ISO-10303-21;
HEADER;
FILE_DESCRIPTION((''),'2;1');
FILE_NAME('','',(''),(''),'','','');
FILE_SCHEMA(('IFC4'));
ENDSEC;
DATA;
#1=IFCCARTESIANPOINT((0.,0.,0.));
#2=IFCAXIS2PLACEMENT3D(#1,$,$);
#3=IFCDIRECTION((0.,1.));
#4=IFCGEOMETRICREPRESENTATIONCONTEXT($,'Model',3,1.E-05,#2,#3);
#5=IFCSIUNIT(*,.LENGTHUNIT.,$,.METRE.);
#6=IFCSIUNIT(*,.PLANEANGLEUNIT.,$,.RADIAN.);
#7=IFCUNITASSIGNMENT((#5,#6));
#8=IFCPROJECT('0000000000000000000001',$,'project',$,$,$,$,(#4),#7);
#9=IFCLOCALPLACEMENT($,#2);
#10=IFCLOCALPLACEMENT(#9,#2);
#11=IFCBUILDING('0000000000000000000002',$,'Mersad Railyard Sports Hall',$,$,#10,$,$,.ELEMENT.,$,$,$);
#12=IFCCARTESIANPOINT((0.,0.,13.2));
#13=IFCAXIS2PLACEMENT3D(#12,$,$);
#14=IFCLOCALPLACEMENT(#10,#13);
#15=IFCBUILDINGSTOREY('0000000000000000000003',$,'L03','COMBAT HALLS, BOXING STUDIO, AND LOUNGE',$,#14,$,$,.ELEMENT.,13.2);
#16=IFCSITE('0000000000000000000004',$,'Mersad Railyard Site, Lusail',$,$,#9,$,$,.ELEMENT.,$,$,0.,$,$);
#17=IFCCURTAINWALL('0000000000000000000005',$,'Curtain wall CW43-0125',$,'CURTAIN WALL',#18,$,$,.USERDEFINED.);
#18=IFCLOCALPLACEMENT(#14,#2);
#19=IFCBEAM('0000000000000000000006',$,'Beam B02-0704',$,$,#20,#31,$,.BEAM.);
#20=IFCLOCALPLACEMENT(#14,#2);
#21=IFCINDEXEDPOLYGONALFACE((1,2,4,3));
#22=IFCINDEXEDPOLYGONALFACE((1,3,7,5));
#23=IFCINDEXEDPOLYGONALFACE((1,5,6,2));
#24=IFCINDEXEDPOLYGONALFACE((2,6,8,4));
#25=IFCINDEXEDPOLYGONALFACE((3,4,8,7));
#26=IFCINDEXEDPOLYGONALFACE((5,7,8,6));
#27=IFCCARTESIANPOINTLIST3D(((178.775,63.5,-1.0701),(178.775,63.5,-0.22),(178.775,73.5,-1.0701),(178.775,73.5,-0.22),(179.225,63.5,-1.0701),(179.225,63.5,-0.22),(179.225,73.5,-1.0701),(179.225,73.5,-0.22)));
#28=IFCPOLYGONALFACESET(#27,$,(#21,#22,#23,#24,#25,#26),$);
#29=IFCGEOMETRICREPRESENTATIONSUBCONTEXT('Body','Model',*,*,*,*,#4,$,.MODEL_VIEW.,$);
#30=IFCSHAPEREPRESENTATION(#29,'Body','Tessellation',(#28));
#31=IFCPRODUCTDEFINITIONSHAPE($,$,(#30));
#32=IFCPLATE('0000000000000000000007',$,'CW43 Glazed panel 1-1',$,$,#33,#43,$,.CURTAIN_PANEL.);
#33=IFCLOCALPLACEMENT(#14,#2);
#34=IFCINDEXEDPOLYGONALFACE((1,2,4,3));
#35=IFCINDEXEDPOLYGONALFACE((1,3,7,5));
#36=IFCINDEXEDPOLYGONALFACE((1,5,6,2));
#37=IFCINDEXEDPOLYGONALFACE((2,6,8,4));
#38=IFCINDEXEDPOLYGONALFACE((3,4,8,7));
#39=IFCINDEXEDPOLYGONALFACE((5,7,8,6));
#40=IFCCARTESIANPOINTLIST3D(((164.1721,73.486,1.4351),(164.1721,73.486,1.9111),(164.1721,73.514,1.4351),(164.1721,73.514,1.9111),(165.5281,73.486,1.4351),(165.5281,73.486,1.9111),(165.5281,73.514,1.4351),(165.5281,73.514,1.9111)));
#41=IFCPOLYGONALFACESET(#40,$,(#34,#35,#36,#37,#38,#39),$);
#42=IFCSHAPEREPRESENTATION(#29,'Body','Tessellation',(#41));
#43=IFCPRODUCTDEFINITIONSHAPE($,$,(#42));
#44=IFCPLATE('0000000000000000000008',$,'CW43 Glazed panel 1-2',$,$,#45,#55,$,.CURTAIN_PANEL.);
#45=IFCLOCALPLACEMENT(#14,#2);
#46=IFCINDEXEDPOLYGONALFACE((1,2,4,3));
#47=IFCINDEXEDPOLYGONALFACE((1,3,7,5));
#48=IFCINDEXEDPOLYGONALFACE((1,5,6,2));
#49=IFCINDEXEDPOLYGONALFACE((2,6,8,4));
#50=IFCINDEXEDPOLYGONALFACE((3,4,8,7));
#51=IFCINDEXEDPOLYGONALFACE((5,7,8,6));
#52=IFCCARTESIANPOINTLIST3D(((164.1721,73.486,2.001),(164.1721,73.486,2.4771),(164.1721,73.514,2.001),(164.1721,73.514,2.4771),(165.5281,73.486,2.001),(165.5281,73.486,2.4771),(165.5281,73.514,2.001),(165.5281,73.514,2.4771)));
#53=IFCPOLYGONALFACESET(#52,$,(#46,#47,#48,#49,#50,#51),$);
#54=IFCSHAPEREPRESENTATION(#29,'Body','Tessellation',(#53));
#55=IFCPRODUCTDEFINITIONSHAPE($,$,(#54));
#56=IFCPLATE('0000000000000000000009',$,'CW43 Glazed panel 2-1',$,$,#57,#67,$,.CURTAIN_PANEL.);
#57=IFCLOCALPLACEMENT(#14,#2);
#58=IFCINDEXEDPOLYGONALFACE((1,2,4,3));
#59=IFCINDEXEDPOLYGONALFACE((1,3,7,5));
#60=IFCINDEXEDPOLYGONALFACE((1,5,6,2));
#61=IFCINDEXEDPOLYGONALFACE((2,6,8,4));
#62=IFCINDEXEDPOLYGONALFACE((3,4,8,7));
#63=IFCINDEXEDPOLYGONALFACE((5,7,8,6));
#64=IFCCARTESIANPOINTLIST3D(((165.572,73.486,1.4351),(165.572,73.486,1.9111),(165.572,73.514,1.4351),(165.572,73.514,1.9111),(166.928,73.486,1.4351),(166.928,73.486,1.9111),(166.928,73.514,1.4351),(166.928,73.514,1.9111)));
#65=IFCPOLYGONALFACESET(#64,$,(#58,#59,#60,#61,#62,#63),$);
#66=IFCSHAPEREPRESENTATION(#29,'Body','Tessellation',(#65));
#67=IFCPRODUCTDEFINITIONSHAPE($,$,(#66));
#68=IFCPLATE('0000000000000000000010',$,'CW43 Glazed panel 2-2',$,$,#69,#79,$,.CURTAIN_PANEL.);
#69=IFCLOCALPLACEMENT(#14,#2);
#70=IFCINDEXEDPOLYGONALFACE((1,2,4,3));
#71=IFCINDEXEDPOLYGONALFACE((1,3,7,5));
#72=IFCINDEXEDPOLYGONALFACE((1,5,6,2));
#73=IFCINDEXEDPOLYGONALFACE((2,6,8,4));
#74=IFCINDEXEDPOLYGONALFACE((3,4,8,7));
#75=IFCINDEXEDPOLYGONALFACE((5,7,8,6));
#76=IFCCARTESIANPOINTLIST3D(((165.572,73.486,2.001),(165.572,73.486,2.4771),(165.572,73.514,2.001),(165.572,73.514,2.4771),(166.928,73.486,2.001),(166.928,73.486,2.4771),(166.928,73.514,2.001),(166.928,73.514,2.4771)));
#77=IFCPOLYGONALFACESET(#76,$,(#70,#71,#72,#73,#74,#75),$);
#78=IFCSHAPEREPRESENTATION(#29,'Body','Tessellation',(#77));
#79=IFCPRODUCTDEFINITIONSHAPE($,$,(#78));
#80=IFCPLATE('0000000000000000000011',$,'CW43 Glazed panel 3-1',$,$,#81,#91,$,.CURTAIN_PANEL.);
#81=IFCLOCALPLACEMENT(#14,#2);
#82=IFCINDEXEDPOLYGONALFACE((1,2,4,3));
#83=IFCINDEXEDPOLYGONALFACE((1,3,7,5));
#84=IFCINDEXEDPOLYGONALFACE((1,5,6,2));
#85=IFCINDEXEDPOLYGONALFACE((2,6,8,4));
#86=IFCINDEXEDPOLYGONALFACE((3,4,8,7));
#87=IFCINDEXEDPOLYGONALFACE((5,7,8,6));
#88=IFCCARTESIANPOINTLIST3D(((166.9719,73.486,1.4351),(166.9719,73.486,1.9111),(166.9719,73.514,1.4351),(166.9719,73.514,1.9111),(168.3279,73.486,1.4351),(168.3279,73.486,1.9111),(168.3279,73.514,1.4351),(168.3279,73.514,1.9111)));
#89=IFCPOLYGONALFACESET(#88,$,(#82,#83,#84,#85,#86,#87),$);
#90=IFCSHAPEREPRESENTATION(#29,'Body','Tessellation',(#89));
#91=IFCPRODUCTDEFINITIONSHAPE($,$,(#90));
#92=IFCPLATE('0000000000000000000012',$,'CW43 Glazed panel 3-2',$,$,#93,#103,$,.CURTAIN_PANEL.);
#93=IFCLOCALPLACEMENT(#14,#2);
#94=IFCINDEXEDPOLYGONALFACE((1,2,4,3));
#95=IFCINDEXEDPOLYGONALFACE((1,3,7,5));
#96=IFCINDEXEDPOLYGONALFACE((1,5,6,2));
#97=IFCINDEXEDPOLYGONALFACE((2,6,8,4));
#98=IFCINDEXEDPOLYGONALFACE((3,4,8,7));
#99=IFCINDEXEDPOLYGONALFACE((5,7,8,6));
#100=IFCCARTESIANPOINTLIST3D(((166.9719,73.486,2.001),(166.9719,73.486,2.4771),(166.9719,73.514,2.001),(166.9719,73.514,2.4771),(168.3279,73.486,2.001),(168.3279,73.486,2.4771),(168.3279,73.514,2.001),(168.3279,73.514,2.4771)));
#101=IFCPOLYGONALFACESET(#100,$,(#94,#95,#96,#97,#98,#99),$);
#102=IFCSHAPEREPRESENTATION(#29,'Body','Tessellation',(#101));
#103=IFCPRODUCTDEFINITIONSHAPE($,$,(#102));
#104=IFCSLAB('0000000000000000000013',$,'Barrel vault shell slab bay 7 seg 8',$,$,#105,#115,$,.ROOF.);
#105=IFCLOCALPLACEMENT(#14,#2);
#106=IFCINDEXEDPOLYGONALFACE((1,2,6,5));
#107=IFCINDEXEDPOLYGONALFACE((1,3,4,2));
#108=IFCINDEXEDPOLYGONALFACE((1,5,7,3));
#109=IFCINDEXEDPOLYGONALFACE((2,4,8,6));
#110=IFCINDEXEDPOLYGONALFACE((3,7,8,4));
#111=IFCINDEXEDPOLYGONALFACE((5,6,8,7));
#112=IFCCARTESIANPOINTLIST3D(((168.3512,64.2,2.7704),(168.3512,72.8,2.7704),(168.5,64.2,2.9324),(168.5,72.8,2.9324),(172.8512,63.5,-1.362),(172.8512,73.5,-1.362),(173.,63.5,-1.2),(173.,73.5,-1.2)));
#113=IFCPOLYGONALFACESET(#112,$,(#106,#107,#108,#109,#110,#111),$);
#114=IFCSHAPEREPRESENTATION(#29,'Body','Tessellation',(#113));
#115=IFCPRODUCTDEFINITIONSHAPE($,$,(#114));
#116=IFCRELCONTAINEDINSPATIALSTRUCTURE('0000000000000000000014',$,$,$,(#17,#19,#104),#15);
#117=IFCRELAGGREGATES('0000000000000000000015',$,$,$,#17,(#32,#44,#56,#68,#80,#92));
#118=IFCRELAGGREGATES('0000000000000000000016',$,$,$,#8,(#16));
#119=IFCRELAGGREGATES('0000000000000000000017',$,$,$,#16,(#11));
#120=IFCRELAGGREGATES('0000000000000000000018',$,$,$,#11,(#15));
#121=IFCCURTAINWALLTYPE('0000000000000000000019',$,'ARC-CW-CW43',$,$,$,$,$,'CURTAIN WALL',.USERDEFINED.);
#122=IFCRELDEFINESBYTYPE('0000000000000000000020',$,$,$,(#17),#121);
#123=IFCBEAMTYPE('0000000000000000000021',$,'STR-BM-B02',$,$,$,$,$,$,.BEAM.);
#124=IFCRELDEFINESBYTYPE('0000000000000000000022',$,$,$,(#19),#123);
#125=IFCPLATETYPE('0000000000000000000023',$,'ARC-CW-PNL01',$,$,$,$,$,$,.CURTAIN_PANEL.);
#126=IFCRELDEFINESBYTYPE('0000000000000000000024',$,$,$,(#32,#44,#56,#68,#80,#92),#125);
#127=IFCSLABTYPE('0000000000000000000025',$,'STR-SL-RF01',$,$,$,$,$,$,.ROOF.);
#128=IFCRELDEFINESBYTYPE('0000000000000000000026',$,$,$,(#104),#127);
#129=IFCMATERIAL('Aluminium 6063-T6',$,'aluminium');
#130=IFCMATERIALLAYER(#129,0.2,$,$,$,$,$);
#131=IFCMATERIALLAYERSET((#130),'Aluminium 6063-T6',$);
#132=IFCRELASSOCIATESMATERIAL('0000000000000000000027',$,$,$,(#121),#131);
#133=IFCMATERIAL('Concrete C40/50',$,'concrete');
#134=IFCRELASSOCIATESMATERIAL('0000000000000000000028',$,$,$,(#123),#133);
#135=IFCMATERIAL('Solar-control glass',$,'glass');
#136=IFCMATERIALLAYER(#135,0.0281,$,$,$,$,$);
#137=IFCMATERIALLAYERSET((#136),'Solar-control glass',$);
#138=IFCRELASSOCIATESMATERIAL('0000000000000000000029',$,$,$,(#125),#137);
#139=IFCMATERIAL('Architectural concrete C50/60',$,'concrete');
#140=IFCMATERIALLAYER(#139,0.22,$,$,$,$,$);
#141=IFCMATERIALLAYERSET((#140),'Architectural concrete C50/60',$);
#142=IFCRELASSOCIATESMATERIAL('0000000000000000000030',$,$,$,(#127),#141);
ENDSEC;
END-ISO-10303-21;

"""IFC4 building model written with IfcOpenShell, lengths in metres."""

from ifc_helpers import new_model, si_unit, direction, frame, origin, origin_2d, place, context, subcontext, project, spatial, polyline, rectangle, outline, extrude, material, layer, layer_set, material_profile, profile_set, type_object, element, aggregate, save


model = new_model("IFC4")

# Units and contexts
model_context = context("Model", 3, precision=1e-05, world=origin(), true_north=direction((0.0, 1.0)))
body_context = subcontext(model_context, "Body", "Model", "MODEL_VIEW")
ifc_project = project(units=[si_unit("LENGTHUNIT", "METRE"), si_unit("PLANEANGLEUNIT", "RADIAN")], contexts=[model_context])

# Site, building, storey
site_placement = place(None, origin())
site = spatial("IfcSite", under=ifc_project, at=site_placement, Name="Mersad Railyard Site, Lusail", CompositionType="ELEMENT", RefElevation=0.0)
building_placement = place(site_placement, origin())
building = spatial("IfcBuilding", under=site, at=building_placement, Name="Mersad Railyard Sports Hall", CompositionType="ELEMENT")
storey_placement = place(building_placement, frame((0.0, 0.0, 13.2)))
storey = spatial("IfcBuildingStorey", under=building, at=storey_placement, Name="L03", Description="COMBAT HALLS, BOXING STUDIO, AND LOUNGE", CompositionType="ELEMENT", Elevation=13.2)

# Curtain wall
ifc_material_1 = material(Name="Aluminium 6063-T6", Category="aluminium")
ifc_layer_1 = layer(ifc_material_1, 0.2)
ifc_layer_set_1 = layer_set([ifc_layer_1], Name="Aluminium 6063-T6")
curtain_wall_type_1 = type_object("IfcCurtainWallType", Name="ARC-CW-CW43", ElementType="CURTAIN WALL", PredefinedType="USERDEFINED", material=ifc_layer_set_1)
curtain_wall_1_placement = place(storey_placement, origin())
curtain_wall_1 = element("IfcCurtainWall", 1, at=curtain_wall_1_placement, inside=storey, type_object=curtain_wall_type_1, Name="Curtain wall CW43-0125", ObjectType="CURTAIN WALL", PredefinedType="USERDEFINED")

# Beam
ifc_material_2 = material(Name="Concrete C40/50", Category="concrete")
ifc_material_profile_1 = material_profile(ifc_material_2, rectangle(XDim=0.45, YDim=0.8501, at=origin_2d()), Name="RC 450x850")
ifc_profile_set_1 = profile_set([ifc_material_profile_1], Name="Concrete C40/50")
beam_type_1 = type_object("IfcBeamType", Name="STR-BM-B02", PredefinedType="BEAM", material=ifc_profile_set_1)
for number, where, z_axis, x_axis, name in (
    (2, (179.0, 63.5, -0.645), (0.0, 1.0, 0.0), (-1.0, 0.0, 0.0), "Beam B02-0704"),
):
    element("IfcBeam", number, at=place(storey_placement, frame(where, z_axis=z_axis, x_axis=x_axis)), inside=storey, type_object=beam_type_1, Name=name, PredefinedType="BEAM", context=body_context, shape_type="SweptSolid", body=[
        extrude(rectangle(XDim=0.45, YDim=0.8501, at=origin_2d()), origin(), (0.0, 0.0, 1.0), 10.0),
    ])

# Plates
ifc_material_3 = material(Name="Solar-control glass", Category="glass")
ifc_layer_2 = layer(ifc_material_3, 0.0281)
ifc_layer_set_2 = layer_set([ifc_layer_2], Name="Solar-control glass")
plate_type = type_object("IfcPlateType", Name="ARC-CW-PNL01", PredefinedType="CURTAIN_PANEL", material=ifc_layer_set_2)
plate_1_placement = place(storey_placement, frame((164.8501, 73.5, 1.4351), z_axis=(0.0, 0.0, 1.0), x_axis=(1.0, 0.0, 0.0)))
plate_1 = element("IfcPlate", 3, at=plate_1_placement, type_object=plate_type, Name="CW43 Glazed panel 1-1", PredefinedType="CURTAIN_PANEL", context=body_context, shape_type="SweptSolid", body=[
    extrude(rectangle(XDim=1.356, YDim=0.0281, at=origin_2d()), origin(), (0.0, 0.0, 1.0), 0.4761),
])
plate_2_placement = place(storey_placement, frame((164.8501, 73.5, 2.001), z_axis=(0.0, 0.0, 1.0), x_axis=(1.0, 0.0, 0.0)))
plate_2 = element("IfcPlate", 4, at=plate_2_placement, type_object=plate_type, Name="CW43 Glazed panel 1-2", PredefinedType="CURTAIN_PANEL", context=body_context, shape_type="SweptSolid", body=[
    extrude(rectangle(XDim=1.356, YDim=0.0281, at=origin_2d()), origin(), (0.0, 0.0, 1.0), 0.4761),
])
plate_3_placement = place(storey_placement, frame((166.25, 73.5, 1.4351), z_axis=(0.0, 0.0, 1.0), x_axis=(1.0, 0.0, 0.0)))
plate_3 = element("IfcPlate", 5, at=plate_3_placement, type_object=plate_type, Name="CW43 Glazed panel 2-1", PredefinedType="CURTAIN_PANEL", context=body_context, shape_type="SweptSolid", body=[
    extrude(rectangle(XDim=1.356, YDim=0.0281, at=origin_2d()), origin(), (0.0, 0.0, 1.0), 0.4761),
])
plate_4_placement = place(storey_placement, frame((166.25, 73.5, 2.001), z_axis=(0.0, 0.0, 1.0), x_axis=(1.0, 0.0, 0.0)))
plate_4 = element("IfcPlate", 6, at=plate_4_placement, type_object=plate_type, Name="CW43 Glazed panel 2-2", PredefinedType="CURTAIN_PANEL", context=body_context, shape_type="SweptSolid", body=[
    extrude(rectangle(XDim=1.356, YDim=0.0281, at=origin_2d()), origin(), (0.0, 0.0, 1.0), 0.4761),
])
plate_5_placement = place(storey_placement, frame((167.6499, 73.5, 1.4351), z_axis=(0.0, 0.0, 1.0), x_axis=(1.0, 0.0, 0.0)))
plate_5 = element("IfcPlate", 7, at=plate_5_placement, type_object=plate_type, Name="CW43 Glazed panel 3-1", PredefinedType="CURTAIN_PANEL", context=body_context, shape_type="SweptSolid", body=[
    extrude(rectangle(XDim=1.356, YDim=0.0281, at=origin_2d()), origin(), (0.0, 0.0, 1.0), 0.4761),
])
plate_6_placement = place(storey_placement, frame((167.6499, 73.5, 2.001), z_axis=(0.0, 0.0, 1.0), x_axis=(1.0, 0.0, 0.0)))
plate_6 = element("IfcPlate", 8, at=plate_6_placement, type_object=plate_type, Name="CW43 Glazed panel 3-2", PredefinedType="CURTAIN_PANEL", context=body_context, shape_type="SweptSolid", body=[
    extrude(rectangle(XDim=1.356, YDim=0.0281, at=origin_2d()), origin(), (0.0, 0.0, 1.0), 0.4761),
])
aggregate(curtain_wall_1, [plate_1, plate_2, plate_3, plate_4, plate_5, plate_6])

# Slab
ifc_material_4 = material(Name="Architectural concrete C50/60", Category="concrete")
ifc_layer_3 = layer(ifc_material_4, 0.22)
ifc_layer_set_3 = layer_set([ifc_layer_3], Name="Architectural concrete C50/60")
slab_type = type_object("IfcSlabType", Name="STR-SL-RF01", PredefinedType="ROOF", material=ifc_layer_set_3)
slab_placement = place(storey_placement, frame((168.5, 64.2, 2.9324), z_axis=(0.676376, 0.0, 0.736557), x_axis=(0.73177, -0.113823, -0.67198)))
element("IfcSlab", 9, at=slab_placement, inside=storey, type_object=slab_type, Name="Barrel vault shell slab bay 7 seg 8", PredefinedType="ROOF", context=body_context, shape_type="SweptSolid", body=[
    extrude(outline(polyline([(0.0, 0.0), (6.1495, 0.0), (5.0112, 9.935), (-0.9789, 8.5442), (0.0, 0.0)])), origin(), (0.0, 0.0, -1.0), 0.22),
])

save(model, "model.ifc")
